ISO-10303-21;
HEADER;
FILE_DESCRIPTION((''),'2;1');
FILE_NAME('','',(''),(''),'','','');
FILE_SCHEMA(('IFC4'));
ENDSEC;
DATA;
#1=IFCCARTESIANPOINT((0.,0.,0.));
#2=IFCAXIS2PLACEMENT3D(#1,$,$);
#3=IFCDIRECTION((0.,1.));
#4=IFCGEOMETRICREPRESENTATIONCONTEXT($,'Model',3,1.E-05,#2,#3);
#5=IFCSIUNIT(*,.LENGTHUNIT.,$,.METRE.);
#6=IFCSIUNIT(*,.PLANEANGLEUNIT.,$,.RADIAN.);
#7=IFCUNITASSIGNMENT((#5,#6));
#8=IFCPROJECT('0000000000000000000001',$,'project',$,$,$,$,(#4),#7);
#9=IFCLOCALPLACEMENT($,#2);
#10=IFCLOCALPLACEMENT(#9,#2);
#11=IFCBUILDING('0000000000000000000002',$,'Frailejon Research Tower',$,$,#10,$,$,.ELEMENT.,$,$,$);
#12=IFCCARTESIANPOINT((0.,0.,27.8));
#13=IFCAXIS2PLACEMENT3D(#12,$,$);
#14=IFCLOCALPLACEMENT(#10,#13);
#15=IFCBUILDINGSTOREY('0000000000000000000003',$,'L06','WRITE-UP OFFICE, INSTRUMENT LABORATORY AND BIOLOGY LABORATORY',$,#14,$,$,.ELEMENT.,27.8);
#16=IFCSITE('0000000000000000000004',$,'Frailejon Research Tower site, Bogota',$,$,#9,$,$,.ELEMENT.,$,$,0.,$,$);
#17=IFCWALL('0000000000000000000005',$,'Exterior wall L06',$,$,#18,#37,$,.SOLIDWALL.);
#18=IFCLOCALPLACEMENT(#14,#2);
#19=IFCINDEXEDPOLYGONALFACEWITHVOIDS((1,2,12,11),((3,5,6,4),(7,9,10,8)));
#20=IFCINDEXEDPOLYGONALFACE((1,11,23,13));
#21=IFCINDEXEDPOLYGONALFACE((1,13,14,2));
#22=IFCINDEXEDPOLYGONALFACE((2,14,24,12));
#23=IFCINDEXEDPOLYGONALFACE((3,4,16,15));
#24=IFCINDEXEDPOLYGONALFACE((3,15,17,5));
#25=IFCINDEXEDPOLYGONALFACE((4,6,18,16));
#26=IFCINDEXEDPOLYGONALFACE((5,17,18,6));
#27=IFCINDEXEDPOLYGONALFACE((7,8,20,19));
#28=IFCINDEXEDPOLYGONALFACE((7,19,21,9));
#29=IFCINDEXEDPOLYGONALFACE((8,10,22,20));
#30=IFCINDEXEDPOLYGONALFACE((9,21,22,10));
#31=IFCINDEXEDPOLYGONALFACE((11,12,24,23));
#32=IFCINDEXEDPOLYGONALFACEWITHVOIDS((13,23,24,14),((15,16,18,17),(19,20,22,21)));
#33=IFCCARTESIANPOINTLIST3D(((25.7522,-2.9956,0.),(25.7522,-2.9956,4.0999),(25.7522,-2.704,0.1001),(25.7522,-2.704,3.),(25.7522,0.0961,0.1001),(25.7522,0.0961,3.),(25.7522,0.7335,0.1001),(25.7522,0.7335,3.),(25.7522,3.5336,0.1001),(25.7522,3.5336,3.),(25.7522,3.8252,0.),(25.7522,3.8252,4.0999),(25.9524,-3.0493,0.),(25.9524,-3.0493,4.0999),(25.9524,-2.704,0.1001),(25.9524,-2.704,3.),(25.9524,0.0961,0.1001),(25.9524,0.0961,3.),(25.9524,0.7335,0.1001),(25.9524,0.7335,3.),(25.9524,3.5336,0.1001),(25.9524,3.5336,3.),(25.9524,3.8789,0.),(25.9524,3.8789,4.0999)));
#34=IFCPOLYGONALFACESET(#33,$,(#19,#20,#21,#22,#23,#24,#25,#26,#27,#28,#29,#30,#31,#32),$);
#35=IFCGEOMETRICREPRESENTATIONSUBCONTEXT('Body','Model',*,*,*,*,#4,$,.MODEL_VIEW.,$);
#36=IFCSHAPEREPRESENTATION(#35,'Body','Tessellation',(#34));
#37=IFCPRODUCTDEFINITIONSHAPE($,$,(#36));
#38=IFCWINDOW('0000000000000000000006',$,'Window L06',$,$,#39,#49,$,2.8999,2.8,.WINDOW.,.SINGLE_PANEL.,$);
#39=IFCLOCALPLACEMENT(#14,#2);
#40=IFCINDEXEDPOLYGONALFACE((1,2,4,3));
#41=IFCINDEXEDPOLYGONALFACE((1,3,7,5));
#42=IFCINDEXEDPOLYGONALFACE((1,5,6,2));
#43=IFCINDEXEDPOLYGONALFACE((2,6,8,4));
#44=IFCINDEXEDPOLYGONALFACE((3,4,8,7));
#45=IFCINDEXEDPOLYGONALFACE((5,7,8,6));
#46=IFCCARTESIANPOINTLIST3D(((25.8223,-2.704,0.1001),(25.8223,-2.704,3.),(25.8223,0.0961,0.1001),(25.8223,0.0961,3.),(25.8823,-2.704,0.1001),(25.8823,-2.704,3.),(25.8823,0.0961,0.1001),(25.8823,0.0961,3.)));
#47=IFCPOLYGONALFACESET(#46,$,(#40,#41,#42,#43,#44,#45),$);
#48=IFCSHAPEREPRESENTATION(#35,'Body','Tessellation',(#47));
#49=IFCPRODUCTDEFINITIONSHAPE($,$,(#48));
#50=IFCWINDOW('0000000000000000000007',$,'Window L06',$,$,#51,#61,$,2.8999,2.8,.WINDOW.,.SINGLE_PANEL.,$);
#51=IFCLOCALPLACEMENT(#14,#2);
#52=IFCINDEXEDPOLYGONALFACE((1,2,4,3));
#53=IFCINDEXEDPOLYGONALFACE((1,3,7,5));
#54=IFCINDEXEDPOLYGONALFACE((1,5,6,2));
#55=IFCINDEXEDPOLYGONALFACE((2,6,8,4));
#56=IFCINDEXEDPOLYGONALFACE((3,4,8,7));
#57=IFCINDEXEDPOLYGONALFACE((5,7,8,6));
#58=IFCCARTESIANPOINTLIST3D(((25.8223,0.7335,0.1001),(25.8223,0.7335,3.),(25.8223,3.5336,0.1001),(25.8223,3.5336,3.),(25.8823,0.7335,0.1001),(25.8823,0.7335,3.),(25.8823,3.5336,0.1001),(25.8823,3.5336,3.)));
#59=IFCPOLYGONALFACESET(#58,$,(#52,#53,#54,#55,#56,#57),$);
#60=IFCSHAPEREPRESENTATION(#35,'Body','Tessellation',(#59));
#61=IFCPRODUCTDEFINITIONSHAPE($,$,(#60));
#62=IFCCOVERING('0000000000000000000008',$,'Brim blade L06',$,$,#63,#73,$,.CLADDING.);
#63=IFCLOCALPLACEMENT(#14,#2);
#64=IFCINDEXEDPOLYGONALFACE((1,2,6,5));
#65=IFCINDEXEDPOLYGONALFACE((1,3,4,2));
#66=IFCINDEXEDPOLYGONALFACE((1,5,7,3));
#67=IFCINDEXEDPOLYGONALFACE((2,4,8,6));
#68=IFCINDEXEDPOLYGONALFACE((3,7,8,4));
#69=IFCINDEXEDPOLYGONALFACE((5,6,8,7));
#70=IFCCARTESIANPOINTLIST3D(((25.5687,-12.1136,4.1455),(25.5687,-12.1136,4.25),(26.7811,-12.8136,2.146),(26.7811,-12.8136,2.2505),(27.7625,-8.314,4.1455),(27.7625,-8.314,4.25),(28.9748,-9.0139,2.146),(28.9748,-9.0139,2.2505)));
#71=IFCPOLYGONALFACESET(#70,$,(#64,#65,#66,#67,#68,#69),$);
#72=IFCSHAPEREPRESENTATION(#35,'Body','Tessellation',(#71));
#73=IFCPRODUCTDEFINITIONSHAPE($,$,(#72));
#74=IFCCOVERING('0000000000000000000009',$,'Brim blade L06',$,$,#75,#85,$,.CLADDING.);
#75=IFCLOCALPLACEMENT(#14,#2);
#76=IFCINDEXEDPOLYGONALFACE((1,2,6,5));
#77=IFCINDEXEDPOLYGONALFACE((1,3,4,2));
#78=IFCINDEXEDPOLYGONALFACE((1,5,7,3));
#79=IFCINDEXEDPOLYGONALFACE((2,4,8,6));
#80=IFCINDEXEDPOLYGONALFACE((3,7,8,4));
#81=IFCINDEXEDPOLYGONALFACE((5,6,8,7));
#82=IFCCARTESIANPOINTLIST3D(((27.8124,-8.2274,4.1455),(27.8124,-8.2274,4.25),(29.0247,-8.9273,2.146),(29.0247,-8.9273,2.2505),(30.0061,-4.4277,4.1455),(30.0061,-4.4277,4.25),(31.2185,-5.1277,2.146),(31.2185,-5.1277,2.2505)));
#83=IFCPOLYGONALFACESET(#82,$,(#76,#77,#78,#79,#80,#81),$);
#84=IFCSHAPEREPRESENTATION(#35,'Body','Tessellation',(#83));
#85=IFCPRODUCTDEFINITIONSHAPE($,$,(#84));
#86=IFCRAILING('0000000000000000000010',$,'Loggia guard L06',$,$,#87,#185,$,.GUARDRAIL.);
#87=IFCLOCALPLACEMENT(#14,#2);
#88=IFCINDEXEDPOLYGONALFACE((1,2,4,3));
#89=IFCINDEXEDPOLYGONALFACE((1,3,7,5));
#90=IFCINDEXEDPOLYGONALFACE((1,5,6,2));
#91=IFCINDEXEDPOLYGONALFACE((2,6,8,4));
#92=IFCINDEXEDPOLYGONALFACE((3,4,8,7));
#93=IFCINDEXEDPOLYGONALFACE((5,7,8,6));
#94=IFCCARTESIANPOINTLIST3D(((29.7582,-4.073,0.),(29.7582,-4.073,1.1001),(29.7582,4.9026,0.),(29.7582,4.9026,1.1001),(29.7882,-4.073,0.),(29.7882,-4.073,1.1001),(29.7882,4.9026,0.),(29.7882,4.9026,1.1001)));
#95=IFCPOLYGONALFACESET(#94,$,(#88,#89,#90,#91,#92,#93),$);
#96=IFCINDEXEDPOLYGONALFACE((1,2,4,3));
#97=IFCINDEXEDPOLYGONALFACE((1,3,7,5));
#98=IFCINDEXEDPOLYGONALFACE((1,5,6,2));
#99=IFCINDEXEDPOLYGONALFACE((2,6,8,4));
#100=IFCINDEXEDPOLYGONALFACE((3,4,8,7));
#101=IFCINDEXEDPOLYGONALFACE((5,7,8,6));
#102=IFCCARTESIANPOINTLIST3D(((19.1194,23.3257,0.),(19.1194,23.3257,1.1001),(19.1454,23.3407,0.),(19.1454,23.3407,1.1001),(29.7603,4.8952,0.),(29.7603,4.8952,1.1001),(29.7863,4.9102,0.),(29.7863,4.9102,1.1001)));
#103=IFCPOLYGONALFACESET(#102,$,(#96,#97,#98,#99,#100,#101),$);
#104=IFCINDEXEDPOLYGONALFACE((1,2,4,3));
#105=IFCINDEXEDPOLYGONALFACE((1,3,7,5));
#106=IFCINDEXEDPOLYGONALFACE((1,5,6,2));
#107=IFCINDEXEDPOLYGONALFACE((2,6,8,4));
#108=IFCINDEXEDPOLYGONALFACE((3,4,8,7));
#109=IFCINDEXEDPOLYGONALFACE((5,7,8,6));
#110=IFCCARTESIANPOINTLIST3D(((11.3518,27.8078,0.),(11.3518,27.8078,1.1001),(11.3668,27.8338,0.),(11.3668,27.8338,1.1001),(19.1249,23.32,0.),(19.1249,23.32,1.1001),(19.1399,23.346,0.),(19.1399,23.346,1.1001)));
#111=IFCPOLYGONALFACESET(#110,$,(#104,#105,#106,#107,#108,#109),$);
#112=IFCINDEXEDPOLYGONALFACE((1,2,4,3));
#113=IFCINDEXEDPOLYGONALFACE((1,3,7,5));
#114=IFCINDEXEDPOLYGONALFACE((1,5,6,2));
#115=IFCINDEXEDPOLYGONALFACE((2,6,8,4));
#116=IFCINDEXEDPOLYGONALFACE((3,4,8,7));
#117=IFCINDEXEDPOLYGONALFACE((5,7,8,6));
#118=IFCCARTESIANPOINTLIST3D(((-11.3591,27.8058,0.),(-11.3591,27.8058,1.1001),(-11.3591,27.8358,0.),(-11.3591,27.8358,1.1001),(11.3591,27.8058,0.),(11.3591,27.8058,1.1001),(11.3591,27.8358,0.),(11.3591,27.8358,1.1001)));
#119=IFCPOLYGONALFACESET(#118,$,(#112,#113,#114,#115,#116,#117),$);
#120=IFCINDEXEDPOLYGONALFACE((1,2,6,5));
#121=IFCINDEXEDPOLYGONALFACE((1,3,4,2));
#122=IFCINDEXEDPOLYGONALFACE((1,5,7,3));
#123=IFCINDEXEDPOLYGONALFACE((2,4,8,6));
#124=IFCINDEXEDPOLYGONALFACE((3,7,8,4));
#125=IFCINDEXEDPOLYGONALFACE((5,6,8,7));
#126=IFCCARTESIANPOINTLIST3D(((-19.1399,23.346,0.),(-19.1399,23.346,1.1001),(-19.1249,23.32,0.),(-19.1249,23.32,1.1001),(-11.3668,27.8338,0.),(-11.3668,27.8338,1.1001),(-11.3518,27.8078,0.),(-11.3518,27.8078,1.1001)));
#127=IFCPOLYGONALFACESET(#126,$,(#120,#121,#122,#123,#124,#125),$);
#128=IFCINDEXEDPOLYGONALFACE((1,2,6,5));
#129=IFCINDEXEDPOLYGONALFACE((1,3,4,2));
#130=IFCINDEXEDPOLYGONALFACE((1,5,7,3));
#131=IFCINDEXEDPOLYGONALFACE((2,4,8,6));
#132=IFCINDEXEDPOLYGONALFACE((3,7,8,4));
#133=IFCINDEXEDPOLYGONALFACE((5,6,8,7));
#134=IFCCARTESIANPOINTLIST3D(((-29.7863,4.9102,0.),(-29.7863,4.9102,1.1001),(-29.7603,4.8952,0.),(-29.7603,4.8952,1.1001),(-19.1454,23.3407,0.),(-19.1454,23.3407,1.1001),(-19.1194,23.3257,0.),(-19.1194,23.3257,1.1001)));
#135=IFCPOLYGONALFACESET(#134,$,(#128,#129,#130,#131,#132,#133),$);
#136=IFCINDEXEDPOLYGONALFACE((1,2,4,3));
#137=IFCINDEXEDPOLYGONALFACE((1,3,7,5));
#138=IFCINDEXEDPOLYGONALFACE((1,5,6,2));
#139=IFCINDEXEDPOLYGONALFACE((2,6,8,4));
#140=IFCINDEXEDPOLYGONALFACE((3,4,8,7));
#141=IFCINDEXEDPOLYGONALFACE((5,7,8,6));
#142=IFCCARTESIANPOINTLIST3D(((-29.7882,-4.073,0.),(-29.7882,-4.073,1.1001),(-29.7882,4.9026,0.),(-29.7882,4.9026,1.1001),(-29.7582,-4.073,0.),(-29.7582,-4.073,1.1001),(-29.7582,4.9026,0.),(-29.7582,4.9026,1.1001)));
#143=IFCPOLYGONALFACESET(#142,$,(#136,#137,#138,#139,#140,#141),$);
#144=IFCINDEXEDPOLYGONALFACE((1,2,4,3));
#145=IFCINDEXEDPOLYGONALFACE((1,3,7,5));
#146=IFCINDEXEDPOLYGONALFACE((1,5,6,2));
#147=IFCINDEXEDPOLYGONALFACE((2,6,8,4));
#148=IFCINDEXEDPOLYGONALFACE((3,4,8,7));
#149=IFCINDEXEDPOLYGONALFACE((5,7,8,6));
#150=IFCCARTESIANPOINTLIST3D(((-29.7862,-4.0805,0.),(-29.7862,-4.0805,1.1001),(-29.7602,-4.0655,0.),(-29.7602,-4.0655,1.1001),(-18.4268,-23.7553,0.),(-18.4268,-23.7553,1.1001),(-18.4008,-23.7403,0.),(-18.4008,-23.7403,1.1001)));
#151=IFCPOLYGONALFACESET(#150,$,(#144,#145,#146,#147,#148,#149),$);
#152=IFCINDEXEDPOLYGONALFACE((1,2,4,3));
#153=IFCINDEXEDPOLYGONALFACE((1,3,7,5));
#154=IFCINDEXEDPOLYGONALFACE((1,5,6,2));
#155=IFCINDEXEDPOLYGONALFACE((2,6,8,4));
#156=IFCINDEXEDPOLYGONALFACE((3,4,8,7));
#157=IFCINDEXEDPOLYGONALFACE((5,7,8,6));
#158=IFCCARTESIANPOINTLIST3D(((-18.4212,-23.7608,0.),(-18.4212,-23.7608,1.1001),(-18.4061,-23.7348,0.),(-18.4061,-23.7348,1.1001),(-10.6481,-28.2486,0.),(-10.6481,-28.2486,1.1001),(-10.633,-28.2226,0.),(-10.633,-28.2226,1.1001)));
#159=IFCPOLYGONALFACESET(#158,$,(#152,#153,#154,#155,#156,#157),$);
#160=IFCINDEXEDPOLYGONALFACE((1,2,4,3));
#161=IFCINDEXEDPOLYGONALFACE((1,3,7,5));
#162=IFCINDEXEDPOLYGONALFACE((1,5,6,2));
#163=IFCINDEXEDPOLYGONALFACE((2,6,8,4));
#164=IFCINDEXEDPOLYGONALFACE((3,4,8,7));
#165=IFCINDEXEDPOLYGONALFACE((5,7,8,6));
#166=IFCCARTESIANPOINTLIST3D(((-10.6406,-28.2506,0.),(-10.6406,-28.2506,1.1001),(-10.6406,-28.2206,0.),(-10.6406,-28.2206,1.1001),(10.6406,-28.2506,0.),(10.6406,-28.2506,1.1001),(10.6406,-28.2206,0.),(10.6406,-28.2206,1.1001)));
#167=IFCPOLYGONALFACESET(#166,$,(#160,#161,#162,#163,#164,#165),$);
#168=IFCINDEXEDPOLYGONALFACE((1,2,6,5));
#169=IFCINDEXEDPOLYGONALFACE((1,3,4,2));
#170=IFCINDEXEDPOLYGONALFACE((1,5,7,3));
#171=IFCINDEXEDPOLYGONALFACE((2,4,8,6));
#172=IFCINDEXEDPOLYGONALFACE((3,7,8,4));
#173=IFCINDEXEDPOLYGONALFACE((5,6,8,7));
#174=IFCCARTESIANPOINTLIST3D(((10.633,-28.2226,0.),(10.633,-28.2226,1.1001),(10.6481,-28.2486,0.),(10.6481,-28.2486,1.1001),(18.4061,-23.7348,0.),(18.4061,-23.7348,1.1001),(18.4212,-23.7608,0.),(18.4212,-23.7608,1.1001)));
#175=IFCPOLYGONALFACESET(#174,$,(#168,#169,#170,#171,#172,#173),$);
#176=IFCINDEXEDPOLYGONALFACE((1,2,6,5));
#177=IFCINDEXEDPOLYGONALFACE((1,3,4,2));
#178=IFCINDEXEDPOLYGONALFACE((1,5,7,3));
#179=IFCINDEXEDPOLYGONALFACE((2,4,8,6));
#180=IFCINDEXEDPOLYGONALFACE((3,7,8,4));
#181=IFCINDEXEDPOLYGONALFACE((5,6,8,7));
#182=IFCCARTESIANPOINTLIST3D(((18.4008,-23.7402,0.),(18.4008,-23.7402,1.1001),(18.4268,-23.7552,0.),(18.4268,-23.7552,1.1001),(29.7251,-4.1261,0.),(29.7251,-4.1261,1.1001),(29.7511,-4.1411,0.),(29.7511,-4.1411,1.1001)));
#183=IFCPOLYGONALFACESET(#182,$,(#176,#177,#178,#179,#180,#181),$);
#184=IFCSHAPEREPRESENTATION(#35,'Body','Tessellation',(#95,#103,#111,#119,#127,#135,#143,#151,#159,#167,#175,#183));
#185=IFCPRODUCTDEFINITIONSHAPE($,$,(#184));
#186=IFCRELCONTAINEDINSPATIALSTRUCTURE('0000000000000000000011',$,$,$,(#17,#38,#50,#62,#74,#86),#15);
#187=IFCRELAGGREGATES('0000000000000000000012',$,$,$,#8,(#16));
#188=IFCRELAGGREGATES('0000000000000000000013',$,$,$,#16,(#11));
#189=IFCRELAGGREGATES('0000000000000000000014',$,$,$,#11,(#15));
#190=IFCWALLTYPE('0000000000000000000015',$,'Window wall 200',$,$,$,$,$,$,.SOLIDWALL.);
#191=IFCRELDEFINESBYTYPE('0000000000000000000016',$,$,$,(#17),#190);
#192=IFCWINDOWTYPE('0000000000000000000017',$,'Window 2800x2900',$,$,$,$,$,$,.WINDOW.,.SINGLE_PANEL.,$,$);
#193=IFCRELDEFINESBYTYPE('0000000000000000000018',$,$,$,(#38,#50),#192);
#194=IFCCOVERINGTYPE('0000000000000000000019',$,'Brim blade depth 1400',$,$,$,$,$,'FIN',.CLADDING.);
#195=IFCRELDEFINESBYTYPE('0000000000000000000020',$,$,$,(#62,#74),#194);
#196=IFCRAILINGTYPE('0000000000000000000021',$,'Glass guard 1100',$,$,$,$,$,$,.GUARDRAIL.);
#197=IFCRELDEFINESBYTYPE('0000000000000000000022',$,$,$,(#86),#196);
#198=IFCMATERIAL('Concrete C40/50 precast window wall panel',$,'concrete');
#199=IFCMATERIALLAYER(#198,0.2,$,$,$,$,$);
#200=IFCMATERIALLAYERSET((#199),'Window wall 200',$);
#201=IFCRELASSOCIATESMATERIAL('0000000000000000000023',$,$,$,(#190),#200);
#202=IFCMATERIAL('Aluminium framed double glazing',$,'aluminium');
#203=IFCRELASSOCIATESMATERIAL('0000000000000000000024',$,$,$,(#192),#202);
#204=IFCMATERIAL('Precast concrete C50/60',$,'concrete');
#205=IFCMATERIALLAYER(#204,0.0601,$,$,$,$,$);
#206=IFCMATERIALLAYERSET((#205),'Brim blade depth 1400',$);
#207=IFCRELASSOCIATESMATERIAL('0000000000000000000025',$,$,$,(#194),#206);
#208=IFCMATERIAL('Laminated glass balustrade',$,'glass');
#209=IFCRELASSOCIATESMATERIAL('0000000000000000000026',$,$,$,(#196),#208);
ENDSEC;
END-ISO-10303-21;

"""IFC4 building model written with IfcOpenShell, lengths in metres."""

from ifc_helpers import new_model, si_unit, direction, frame, frame_2d, origin, origin_2d, place, context, subcontext, project, spatial, polyline, rectangle, outline, extrude, material, layer, layer_set, type_object, element, fill, save


model = new_model("IFC4")

# Units and contexts
model_context = context("Model", 3, precision=1e-05, world=origin(), true_north=direction((0.0, 1.0)))
body_context = subcontext(model_context, "Body", "Model", "MODEL_VIEW")
ifc_project = project(units=[si_unit("LENGTHUNIT", "METRE"), si_unit("PLANEANGLEUNIT", "RADIAN")], contexts=[model_context])

# Site, building, storey
site_placement = place(None, origin())
site = spatial("IfcSite", under=ifc_project, at=site_placement, Name="Frailejon Research Tower site, Bogota", CompositionType="ELEMENT", RefElevation=0.0)
building_placement = place(site_placement, origin())
building = spatial("IfcBuilding", under=site, at=building_placement, Name="Frailejon Research Tower", CompositionType="ELEMENT")
storey_placement = place(building_placement, frame((0.0, 0.0, 27.8)))
storey = spatial("IfcBuildingStorey", under=building, at=storey_placement, Name="L06", Description="WRITE-UP OFFICE, INSTRUMENT LABORATORY AND BIOLOGY LABORATORY", CompositionType="ELEMENT", Elevation=27.8)

# Wall, openings, windows
ifc_material_1 = material(Name="Concrete C40/50 precast window wall panel", Category="concrete")
ifc_layer_1 = layer(ifc_material_1, 0.2)
ifc_layer_set_1 = layer_set([ifc_layer_1], Name="Window wall 200")
wall_type_1 = type_object("IfcWallType", Name="Window wall 200", PredefinedType="SOLIDWALL", material=ifc_layer_set_1)
wall_1_placement = place(storey_placement, frame((25.8523, -3.0225, 0.0), z_axis=(0.0, 0.0, 1.0), x_axis=(0.0, 1.0, 0.0)))
wall_1 = element("IfcWall", 1, at=wall_1_placement, inside=storey, type_object=wall_type_1, Name="Exterior wall L06", PredefinedType="SOLIDWALL", context=body_context, shape_type="SweptSolid", body=[
    extrude(outline(polyline([(-0.0269, -0.1001), (1.1279, -0.1001), (2.2825, -0.1001), (3.4373, -0.1001), (4.592, -0.1001), (5.7466, -0.1001), (6.9014, -0.1001), (6.8477, 0.1001), (5.7109, 0.1001), (4.574, 0.1001), (3.4373, 0.1001), (2.3005, 0.1001), (1.1636, 0.1001), (0.0269, 0.1001), (-0.0269, -0.1001)])), origin(), (0.0, 0.0, 1.0), 4.0999),
])
opening_1_placement = place(wall_1_placement, frame((0.3186, 0.0, 0.1001)))
opening_1 = element("IfcOpeningElement", 2, at=opening_1_placement, cuts=wall_1, PredefinedType="OPENING", context=body_context, shape_type="SweptSolid", body=[
    extrude(rectangle(XDim=2.8, YDim=2.8999, at=frame_2d((1.3999, 1.45))), frame((0.0, 0.1099, 0.0), z_axis=(0.0, -1.0, 0.0), x_axis=(1.0, 0.0, 0.0)), (0.0, 0.0, 1.0), 0.22),
])
opening_2_placement = place(wall_1_placement, frame((3.7561, 0.0, 0.1001)))
opening_2 = element("IfcOpeningElement", 3, at=opening_2_placement, cuts=wall_1, PredefinedType="OPENING", context=body_context, shape_type="SweptSolid", body=[
    extrude(rectangle(XDim=2.8, YDim=2.8999, at=frame_2d((1.3999, 1.45))), frame((0.0, 0.1099, 0.0), z_axis=(0.0, -1.0, 0.0), x_axis=(1.0, 0.0, 0.0)), (0.0, 0.0, 1.0), 0.22),
])
ifc_material_2 = material(Name="Aluminium framed double glazing", Category="aluminium")
window_type = type_object("IfcWindowType", Name="Window 2800x2900", PartitioningType="SINGLE_PANEL", PredefinedType="WINDOW", material=ifc_material_2)
window_1_placement = place(opening_1_placement, origin())
window_1 = element("IfcWindow", 4, at=window_1_placement, inside=storey, type_object=window_type, Name="Window L06", OverallHeight=2.8999, OverallWidth=2.8, PartitioningType="SINGLE_PANEL", PredefinedType="WINDOW", context=body_context, shape_type="SweptSolid", body=[
    extrude(rectangle(XDim=2.8, YDim=2.8999, at=frame_2d((1.3999, 1.45))), frame((0.0, 0.03, 0.0), z_axis=(0.0, -1.0, 0.0), x_axis=(1.0, 0.0, 0.0)), (0.0, 0.0, 1.0), 0.0601),
])
fill(opening_1, window_1)
window_2_placement = place(opening_2_placement, origin())
window_2 = element("IfcWindow", 5, at=window_2_placement, inside=storey, type_object=window_type, Name="Window L06", OverallHeight=2.8999, OverallWidth=2.8, PartitioningType="SINGLE_PANEL", PredefinedType="WINDOW", context=body_context, shape_type="SweptSolid", body=[
    extrude(rectangle(XDim=2.8, YDim=2.8999, at=frame_2d((1.3999, 1.45))), frame((0.0, 0.03, 0.0), z_axis=(0.0, -1.0, 0.0), x_axis=(1.0, 0.0, 0.0)), (0.0, 0.0, 1.0), 0.0601),
])
fill(opening_2, window_2)

# Coverings
ifc_material_3 = material(Name="Precast concrete C50/60", Category="concrete")
ifc_layer_2 = layer(ifc_material_3, 0.0601)
ifc_layer_set_2 = layer_set([ifc_layer_2], Name="Brim blade depth 1400")
covering_type = type_object("IfcCoveringType", Name="Brim blade depth 1400", ElementType="FIN", PredefinedType="CLADDING", material=ifc_layer_set_2)
for number, where, z_axis, x_axis, name in (
    (6, (27.7625, -8.314, 4.25), (-0.5, -0.866025, 0.0), (0.866025, -0.5, 0.0), "Brim blade L06"),
    (7, (30.0061, -4.4277, 4.25), (-0.5, -0.866025, 0.0), (0.866025, -0.5, 0.0), "Brim blade L06"),
):
    element("IfcCovering", number, at=place(storey_placement, frame(where, z_axis=z_axis, x_axis=x_axis)), inside=storey, type_object=covering_type, Name=name, PredefinedType="CLADDING", context=body_context, shape_type="SweptSolid", body=[
        extrude(outline(polyline([(0.0, -0.1045), (1.3999, -2.104), (1.3999, -1.9995), (0.0, 0.0), (0.0, -0.1045)])), origin(), (0.0, 0.0, 1.0), 4.3875),
    ])

# Railing
ifc_material_4 = material(Name="Laminated glass balustrade", Category="glass")
railing_type = type_object("IfcRailingType", Name="Glass guard 1100", PredefinedType="GUARDRAIL", material=ifc_material_4)
railing_placement = place(storey_placement, frame((29.7732, -4.073, 0.0)))
element("IfcRailing", 8, at=railing_placement, inside=storey, type_object=railing_type, Name="Loggia guard L06", PredefinedType="GUARDRAIL", context=body_context, shape_type="SweptSolid", body=[
    extrude(rectangle(XDim=8.9756, YDim=0.03, at=origin_2d()), frame((0.0, 4.4878, 0.0), z_axis=(0.0, 0.0, 1.0), x_axis=(0.0, 1.0, 0.0)), (0.0, 0.0, 1.0), 1.1001),
    extrude(rectangle(XDim=21.2817, YDim=0.03, at=origin_2d()), frame((-5.3203, 18.1909, 0.0), z_axis=(0.0, 0.0, 1.0), x_axis=(-0.500002, 0.866024, 0.0)), (0.0, 0.0, 1.0), 1.1001),
    extrude(rectangle(XDim=8.9756, YDim=0.03, at=origin_2d()), frame((-14.5273, 29.6499, 0.0), z_axis=(0.0, 0.0, 1.0), x_axis=(-0.866028, 0.499995, 0.0)), (0.0, 0.0, 1.0), 1.1001),
    extrude(rectangle(XDim=22.7183, YDim=0.03, at=origin_2d()), frame((-29.7732, 31.8938, 0.0), z_axis=(0.0, 0.0, 1.0), x_axis=(-1.0, 0.0, 0.0)), (0.0, 0.0, 1.0), 1.1001),
    extrude(rectangle(XDim=8.9756, YDim=0.03, at=origin_2d()), frame((-45.019, 29.6499, 0.0), z_axis=(0.0, 0.0, 1.0), x_axis=(-0.866028, -0.499995, 0.0)), (0.0, 0.0, 1.0), 1.1001),
    extrude(rectangle(XDim=21.2817, YDim=0.03, at=origin_2d()), frame((-54.2261, 18.1909, 0.0), z_axis=(0.0, 0.0, 1.0), x_axis=(-0.500002, -0.866024, 0.0)), (0.0, 0.0, 1.0), 1.1001),
    extrude(rectangle(XDim=8.9756, YDim=0.03, at=origin_2d()), frame((-59.5464, 4.4878, 0.0), z_axis=(0.0, 0.0, 1.0), x_axis=(0.0, -1.0, 0.0)), (0.0, 0.0, 1.0), 1.1001),
    extrude(rectangle(XDim=22.7185, YDim=0.03, at=origin_2d()), frame((-53.8667, -9.8374, 0.0), z_axis=(0.0, 0.0, 1.0), x_axis=(0.500004, -0.866023, 0.0)), (0.0, 0.0, 1.0), 1.1001),
    extrude(rectangle(XDim=8.9756, YDim=0.03, at=origin_2d()), frame((-44.3003, -21.9187, 0.0), z_axis=(0.0, 0.0, 1.0), x_axis=(0.866028, -0.499995, 0.0)), (0.0, 0.0, 1.0), 1.1001),
    extrude(rectangle(XDim=21.2812, YDim=0.03, at=origin_2d()), frame((-29.7732, -24.1626, 0.0), z_axis=(0.0, 0.0, 1.0), x_axis=(1.0, 0.0, 0.0)), (0.0, 0.0, 1.0), 1.1001),
    extrude(rectangle(XDim=8.9756, YDim=0.03, at=origin_2d()), frame((-15.2461, -21.9187, 0.0), z_axis=(0.0, 0.0, 1.0), x_axis=(0.866028, 0.499995, 0.0)), (0.0, 0.0, 1.0), 1.1001),
    extrude(rectangle(XDim=22.6484, YDim=0.03, at=origin_2d()), frame((-5.6973, -9.8677, 0.0), z_axis=(0.0, 0.0, 1.0), x_axis=(0.500002, 0.866024, 0.0)), (0.0, 0.0, 1.0), 1.1001),
])

save(model, "model.ifc")
